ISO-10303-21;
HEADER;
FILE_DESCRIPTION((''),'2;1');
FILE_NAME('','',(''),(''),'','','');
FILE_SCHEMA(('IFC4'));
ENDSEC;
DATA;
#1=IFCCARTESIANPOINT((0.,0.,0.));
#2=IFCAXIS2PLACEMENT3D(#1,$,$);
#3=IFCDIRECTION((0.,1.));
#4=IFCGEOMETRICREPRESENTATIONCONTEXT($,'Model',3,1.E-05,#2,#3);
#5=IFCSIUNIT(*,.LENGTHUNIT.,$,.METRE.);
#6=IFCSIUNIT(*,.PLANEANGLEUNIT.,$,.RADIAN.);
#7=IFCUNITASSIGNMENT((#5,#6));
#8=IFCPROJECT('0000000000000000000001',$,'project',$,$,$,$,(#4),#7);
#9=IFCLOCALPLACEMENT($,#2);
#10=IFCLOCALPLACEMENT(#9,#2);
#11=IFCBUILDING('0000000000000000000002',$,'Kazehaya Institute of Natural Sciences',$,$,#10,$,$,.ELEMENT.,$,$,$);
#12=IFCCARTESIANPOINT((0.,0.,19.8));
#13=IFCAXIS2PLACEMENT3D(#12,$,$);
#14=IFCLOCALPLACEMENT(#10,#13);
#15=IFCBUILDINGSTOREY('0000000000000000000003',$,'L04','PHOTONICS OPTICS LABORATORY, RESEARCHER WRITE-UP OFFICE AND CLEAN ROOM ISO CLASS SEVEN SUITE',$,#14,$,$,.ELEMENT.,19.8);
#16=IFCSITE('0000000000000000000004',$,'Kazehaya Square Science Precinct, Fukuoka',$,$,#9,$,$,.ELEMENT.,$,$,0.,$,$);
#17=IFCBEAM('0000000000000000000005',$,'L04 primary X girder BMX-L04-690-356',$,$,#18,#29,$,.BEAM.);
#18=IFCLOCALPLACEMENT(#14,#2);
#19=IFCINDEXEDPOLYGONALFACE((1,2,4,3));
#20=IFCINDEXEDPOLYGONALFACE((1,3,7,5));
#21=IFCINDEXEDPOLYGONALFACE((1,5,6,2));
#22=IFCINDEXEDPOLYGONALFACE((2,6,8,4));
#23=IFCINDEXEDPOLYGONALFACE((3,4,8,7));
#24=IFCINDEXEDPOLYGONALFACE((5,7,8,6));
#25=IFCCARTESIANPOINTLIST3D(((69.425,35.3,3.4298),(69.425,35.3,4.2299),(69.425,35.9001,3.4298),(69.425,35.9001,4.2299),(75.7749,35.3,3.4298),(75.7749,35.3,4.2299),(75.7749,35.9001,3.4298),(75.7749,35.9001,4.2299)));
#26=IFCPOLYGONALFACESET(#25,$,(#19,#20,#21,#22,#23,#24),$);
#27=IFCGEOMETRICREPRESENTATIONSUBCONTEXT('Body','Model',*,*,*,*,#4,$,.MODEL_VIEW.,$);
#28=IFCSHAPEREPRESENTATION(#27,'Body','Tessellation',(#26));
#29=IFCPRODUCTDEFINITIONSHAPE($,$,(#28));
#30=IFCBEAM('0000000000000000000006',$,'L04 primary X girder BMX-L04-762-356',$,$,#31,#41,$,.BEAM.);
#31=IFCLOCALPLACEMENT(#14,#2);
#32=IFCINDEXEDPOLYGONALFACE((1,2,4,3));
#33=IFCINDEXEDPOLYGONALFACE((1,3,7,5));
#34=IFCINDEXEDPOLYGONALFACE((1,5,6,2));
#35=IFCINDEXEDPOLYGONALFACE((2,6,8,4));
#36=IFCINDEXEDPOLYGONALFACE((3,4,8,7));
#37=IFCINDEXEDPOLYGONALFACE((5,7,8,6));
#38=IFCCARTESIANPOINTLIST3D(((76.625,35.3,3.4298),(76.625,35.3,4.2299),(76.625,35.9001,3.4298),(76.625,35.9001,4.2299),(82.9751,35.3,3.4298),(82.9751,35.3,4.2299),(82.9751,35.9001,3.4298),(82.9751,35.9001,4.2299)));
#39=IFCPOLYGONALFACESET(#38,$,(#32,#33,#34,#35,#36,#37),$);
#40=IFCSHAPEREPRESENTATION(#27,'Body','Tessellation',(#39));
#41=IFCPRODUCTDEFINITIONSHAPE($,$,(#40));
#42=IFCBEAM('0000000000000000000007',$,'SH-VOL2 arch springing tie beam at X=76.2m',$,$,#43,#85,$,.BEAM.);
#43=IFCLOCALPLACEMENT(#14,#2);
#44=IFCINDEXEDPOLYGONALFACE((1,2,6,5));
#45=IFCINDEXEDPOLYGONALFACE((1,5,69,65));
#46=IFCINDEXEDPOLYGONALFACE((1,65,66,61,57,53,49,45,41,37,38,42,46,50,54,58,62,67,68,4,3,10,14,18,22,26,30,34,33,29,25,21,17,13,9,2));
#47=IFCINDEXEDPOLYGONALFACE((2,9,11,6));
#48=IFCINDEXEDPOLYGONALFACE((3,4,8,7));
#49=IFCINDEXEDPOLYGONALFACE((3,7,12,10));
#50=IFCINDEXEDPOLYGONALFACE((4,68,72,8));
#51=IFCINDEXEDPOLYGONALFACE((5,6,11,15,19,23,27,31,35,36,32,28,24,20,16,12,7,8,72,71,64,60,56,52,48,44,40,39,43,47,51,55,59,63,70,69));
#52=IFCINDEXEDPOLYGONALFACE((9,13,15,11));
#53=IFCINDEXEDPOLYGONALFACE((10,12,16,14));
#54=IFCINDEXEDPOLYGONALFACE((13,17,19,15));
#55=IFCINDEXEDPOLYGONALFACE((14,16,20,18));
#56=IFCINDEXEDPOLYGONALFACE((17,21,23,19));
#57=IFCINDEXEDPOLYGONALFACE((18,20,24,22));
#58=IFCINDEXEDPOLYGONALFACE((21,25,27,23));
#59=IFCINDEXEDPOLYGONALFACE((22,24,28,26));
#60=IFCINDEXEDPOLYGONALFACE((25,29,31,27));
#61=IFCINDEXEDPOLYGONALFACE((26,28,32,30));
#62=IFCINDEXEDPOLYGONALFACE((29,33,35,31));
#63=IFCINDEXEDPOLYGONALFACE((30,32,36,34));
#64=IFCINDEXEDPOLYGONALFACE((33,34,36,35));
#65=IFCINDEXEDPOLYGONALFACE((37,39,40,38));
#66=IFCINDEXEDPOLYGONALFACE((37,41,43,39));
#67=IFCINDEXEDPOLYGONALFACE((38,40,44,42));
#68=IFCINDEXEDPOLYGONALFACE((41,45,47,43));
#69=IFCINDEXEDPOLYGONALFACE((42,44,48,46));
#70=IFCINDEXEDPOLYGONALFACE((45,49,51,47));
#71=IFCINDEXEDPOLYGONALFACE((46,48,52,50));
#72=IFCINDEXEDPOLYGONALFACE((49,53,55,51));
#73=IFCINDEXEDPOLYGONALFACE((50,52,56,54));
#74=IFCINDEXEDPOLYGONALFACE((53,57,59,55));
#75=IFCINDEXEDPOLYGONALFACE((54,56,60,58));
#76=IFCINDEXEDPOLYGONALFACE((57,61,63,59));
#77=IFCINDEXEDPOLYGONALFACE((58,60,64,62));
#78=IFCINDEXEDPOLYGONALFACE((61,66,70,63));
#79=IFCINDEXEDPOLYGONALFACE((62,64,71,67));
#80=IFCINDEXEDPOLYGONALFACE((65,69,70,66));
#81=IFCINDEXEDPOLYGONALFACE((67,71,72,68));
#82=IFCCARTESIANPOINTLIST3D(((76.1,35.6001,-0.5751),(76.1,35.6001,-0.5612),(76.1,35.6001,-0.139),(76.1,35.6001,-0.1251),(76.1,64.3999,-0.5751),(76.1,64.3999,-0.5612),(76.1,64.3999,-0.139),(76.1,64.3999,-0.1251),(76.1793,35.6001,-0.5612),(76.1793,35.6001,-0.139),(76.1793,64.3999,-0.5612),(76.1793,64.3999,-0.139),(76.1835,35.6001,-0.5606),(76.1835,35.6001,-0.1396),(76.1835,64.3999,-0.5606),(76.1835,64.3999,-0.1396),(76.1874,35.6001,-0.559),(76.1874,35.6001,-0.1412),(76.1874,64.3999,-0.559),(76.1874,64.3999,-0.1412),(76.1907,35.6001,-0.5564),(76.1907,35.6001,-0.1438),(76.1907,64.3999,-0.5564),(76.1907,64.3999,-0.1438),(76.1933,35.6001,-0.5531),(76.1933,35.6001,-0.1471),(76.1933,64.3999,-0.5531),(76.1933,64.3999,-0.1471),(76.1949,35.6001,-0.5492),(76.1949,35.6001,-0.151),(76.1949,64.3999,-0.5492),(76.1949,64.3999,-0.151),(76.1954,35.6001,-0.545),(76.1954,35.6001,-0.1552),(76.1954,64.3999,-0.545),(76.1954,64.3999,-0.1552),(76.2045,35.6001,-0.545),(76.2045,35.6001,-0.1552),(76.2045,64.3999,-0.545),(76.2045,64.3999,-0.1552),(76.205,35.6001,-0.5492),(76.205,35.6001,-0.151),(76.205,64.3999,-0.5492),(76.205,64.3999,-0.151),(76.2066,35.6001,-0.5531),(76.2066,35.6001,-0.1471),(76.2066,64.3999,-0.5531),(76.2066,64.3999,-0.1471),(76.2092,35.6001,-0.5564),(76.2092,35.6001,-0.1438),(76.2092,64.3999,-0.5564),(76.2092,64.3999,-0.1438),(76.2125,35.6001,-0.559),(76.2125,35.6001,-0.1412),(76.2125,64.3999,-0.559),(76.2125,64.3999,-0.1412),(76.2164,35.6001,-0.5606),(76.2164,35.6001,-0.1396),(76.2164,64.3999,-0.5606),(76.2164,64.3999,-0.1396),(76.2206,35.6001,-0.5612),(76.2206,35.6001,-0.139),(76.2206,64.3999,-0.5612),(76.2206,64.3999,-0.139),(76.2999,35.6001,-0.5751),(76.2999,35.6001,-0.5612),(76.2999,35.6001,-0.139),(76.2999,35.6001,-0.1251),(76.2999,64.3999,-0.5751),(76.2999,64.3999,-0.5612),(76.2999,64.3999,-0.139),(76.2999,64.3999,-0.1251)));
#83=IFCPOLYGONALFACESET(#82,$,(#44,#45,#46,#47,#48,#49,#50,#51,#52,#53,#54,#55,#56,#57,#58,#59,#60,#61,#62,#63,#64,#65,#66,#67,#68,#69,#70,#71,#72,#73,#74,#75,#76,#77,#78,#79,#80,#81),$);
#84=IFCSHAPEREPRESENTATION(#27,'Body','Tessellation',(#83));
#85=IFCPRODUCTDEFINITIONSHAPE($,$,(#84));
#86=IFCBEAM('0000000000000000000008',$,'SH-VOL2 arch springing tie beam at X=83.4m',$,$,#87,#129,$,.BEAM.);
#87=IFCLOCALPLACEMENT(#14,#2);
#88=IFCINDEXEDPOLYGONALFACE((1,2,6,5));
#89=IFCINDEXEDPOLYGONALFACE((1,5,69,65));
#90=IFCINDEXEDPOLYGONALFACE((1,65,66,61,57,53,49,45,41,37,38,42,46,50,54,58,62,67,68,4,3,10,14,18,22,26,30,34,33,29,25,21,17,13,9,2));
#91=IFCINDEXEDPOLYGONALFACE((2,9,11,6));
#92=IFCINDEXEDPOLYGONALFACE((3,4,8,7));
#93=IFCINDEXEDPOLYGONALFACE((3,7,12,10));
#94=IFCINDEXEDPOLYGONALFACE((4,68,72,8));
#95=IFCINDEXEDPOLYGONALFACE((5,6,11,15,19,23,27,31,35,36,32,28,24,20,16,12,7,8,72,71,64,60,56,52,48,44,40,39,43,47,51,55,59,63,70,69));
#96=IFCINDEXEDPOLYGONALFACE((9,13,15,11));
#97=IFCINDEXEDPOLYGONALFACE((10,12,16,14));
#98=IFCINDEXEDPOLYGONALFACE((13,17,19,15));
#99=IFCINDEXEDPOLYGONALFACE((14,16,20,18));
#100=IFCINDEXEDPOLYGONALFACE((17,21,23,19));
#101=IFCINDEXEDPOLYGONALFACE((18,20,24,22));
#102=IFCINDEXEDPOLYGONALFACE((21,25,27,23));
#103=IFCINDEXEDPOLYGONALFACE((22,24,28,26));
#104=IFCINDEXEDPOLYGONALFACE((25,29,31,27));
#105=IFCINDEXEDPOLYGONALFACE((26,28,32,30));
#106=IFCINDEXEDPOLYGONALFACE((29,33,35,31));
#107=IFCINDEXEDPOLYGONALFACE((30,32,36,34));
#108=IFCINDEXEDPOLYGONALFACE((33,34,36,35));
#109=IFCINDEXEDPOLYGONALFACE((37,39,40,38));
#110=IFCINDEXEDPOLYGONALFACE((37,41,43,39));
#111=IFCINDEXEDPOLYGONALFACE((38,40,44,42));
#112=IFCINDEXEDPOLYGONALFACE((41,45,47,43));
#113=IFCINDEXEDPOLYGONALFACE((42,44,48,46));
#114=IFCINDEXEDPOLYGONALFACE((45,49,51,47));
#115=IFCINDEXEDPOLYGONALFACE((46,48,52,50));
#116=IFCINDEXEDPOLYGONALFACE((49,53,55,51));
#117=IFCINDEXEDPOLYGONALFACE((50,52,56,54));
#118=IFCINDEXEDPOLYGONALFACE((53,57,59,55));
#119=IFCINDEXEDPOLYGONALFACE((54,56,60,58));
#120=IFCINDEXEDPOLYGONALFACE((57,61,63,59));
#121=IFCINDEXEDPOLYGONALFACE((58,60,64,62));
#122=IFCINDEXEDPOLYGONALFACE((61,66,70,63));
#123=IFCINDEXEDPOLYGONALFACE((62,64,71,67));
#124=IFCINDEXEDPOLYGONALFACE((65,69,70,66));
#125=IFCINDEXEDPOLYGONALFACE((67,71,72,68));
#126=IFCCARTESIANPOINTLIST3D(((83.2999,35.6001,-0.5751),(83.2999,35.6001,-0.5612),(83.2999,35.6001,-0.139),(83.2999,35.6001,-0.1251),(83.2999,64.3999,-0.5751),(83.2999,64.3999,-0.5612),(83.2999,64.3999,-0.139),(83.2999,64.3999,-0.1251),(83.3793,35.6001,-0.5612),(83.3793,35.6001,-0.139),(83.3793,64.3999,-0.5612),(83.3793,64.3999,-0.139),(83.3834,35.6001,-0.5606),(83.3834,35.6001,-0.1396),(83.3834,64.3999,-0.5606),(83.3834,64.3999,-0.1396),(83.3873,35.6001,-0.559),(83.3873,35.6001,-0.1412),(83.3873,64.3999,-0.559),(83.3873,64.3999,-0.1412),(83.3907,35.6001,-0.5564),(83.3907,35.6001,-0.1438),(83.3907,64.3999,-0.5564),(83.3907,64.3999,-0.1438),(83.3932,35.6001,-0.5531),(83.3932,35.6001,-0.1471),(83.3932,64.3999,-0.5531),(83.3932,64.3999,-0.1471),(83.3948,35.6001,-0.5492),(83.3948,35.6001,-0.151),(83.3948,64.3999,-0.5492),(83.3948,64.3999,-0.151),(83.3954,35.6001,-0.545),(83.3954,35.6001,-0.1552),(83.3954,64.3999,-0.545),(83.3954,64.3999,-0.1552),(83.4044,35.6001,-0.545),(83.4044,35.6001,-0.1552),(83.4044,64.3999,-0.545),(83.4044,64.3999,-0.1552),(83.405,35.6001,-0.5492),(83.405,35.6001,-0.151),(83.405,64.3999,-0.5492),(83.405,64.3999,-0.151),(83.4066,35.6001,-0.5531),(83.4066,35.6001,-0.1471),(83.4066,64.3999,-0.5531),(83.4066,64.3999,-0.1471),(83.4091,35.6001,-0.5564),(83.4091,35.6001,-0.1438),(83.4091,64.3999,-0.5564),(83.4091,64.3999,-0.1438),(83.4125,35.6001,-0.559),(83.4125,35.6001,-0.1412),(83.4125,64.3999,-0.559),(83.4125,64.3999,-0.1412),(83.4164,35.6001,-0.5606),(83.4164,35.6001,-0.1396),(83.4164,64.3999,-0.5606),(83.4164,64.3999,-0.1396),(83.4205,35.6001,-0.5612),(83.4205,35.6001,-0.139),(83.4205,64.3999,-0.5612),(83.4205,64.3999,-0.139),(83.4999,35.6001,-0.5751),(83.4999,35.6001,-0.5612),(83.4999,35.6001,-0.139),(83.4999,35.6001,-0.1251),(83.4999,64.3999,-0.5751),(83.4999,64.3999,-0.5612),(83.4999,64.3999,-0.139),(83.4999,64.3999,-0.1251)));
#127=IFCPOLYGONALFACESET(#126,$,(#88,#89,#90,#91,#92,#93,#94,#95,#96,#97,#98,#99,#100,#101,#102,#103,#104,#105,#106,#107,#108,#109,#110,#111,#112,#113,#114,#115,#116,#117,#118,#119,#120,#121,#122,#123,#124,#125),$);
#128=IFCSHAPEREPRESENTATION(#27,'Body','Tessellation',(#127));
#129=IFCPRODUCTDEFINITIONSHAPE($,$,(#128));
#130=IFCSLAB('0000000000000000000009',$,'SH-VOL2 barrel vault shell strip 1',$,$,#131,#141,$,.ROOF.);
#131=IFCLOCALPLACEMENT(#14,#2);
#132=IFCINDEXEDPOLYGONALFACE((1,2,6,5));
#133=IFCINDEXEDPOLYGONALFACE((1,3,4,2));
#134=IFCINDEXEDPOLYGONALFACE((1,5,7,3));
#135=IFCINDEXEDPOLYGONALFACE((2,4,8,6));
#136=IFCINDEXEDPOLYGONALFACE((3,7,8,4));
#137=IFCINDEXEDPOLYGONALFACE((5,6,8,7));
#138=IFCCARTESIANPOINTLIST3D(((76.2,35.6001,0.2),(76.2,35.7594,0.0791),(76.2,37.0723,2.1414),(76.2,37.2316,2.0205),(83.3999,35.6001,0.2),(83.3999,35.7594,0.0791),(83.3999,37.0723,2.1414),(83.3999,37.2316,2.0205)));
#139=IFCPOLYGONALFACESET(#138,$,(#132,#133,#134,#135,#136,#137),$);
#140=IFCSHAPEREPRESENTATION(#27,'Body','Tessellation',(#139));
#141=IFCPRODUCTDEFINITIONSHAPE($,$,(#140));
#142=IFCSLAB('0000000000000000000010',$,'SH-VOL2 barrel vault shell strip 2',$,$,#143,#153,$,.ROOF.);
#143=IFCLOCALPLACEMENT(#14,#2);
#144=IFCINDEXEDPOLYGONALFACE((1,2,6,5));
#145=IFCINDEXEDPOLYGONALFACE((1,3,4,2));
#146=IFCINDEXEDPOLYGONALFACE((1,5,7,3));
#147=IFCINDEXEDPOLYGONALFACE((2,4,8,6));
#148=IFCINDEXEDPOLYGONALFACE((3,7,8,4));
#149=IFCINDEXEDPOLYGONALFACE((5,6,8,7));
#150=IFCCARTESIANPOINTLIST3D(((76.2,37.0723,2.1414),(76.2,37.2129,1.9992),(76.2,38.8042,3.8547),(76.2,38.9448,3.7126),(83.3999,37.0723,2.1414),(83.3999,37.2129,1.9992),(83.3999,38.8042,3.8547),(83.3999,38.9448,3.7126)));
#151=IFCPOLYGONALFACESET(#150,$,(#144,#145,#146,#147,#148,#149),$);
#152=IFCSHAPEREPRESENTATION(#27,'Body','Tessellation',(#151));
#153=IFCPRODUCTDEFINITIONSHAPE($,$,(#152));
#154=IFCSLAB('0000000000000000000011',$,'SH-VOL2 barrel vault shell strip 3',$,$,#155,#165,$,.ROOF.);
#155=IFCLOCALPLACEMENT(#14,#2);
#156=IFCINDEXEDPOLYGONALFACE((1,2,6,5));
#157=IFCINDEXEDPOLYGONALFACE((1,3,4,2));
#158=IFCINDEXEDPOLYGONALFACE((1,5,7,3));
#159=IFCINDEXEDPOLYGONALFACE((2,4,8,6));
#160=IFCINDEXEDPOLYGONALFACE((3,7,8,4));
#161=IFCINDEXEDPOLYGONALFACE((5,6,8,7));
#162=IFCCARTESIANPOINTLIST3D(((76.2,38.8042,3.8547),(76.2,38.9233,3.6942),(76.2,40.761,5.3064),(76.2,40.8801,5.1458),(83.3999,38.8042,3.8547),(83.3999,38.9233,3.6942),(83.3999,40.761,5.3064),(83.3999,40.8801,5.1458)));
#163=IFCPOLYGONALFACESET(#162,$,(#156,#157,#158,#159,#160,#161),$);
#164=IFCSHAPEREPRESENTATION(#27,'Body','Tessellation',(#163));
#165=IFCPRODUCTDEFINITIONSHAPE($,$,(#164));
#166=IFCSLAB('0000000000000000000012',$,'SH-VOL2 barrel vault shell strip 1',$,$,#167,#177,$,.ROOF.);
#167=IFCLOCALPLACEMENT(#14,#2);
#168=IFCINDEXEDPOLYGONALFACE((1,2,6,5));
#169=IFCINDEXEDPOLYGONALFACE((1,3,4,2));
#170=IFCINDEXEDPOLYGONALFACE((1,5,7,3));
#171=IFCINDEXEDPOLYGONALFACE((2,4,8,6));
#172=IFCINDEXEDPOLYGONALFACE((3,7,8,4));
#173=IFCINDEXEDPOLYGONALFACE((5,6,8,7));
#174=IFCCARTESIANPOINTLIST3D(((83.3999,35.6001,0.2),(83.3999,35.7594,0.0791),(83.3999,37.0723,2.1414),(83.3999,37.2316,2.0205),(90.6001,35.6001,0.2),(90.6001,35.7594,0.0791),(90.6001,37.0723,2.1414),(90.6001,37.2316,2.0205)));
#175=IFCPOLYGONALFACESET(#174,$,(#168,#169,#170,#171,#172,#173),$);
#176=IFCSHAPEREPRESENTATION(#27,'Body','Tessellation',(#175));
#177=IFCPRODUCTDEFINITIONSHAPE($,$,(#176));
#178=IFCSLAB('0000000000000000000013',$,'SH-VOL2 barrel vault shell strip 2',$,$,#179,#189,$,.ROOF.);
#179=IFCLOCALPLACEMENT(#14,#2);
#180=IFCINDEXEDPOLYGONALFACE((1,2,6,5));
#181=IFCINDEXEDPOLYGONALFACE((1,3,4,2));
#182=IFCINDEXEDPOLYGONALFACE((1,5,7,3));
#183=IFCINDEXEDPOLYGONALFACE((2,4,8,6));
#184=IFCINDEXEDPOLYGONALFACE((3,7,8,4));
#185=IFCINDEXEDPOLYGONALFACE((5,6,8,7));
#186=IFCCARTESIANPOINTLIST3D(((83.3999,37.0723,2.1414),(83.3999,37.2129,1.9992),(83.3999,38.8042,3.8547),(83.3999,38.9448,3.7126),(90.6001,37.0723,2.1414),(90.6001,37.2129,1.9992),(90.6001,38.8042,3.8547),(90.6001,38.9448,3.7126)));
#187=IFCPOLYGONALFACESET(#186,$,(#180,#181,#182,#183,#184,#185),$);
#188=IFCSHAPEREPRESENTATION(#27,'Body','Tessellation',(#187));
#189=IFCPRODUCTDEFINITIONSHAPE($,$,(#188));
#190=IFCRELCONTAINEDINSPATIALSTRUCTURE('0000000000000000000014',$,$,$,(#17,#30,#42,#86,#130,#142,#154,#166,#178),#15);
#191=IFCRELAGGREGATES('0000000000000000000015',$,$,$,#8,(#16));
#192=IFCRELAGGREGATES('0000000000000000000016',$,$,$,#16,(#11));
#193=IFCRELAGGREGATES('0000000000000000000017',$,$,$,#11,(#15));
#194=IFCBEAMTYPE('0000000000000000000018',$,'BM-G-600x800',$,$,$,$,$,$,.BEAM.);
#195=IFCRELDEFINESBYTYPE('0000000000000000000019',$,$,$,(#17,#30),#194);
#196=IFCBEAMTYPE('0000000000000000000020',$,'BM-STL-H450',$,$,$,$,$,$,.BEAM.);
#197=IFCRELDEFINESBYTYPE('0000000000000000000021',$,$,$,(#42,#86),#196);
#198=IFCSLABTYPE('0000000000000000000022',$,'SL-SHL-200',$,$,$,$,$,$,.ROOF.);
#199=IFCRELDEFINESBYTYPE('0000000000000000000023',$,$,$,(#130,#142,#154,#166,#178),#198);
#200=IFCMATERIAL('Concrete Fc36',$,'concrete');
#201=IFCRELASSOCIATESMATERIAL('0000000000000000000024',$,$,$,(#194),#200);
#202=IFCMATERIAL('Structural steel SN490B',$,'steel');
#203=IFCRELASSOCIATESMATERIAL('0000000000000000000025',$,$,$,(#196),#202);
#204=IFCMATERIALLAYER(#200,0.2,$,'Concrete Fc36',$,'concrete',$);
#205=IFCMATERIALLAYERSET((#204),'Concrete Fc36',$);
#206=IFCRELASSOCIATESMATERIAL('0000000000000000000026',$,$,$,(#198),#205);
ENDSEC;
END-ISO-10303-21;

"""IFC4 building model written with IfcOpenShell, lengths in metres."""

from ifc_helpers import new_model, si_unit, direction, frame, origin, origin_2d, place, context, subcontext, project, spatial, polyline, rectangle, i_section, outline, extrude, material, layer, layer_set, material_profile, profile_set, type_object, element, save


model = new_model("IFC4")

# Units and contexts
model_context = context("Model", 3, precision=1e-05, world=origin(), true_north=direction((0.0, 1.0)))
body_context = subcontext(model_context, "Body", "Model", "MODEL_VIEW")
ifc_project = project(units=[si_unit("LENGTHUNIT", "METRE"), si_unit("PLANEANGLEUNIT", "RADIAN")], contexts=[model_context])

# Site, building, storey
site_placement = place(None, origin())
site = spatial("IfcSite", under=ifc_project, at=site_placement, Name="Kazehaya Square Science Precinct, Fukuoka", CompositionType="ELEMENT", RefElevation=0.0)
building_placement = place(site_placement, origin())
building = spatial("IfcBuilding", under=site, at=building_placement, Name="Kazehaya Institute of Natural Sciences", CompositionType="ELEMENT")
storey_placement = place(building_placement, frame((0.0, 0.0, 19.8)))
storey = spatial("IfcBuildingStorey", under=building, at=storey_placement, Name="L04", Description="PHOTONICS OPTICS LABORATORY, RESEARCHER WRITE-UP OFFICE AND CLEAN ROOM ISO CLASS SEVEN SUITE", CompositionType="ELEMENT", Elevation=19.8)

# Beams
ifc_material_1 = material(Name="Concrete Fc36", Category="concrete")
ifc_material_profile_1 = material_profile(ifc_material_1, rectangle(XDim=0.6001, YDim=0.8, at=origin_2d()), Name="RC-600x800")
ifc_profile_set_1 = profile_set([ifc_material_profile_1], Name="Concrete Fc36")
beam_type_1 = type_object("IfcBeamType", Name="BM-G-600x800", PredefinedType="BEAM", material=ifc_profile_set_1)
beam_1_placement = place(storey_placement, frame((69.425, 35.6001, 3.8298), z_axis=(1.0, 0.0, 0.0), x_axis=(0.0, 1.0, 0.0)))
element("IfcBeam", 1, at=beam_1_placement, inside=storey, type_object=beam_type_1, Name="L04 primary X girder BMX-L04-690-356", PredefinedType="BEAM", context=body_context, shape_type="SweptSolid", body=[
    extrude(rectangle(XDim=0.6001, YDim=0.8, at=origin_2d()), origin(), (0.0, 0.0, 1.0), 6.3499),
])
beam_2_placement = place(storey_placement, frame((76.625, 35.6001, 3.8298), z_axis=(1.0, 0.0, 0.0), x_axis=(0.0, 1.0, 0.0)))
element("IfcBeam", 2, at=beam_2_placement, inside=storey, type_object=beam_type_1, Name="L04 primary X girder BMX-L04-762-356", PredefinedType="BEAM", context=body_context, shape_type="SweptSolid", body=[
    extrude(rectangle(XDim=0.6001, YDim=0.8, at=origin_2d()), origin(), (0.0, 0.0, 1.0), 6.3501),
])
ifc_material_2 = material(Name="Structural steel SN490B", Category="steel")
ifc_material_profile_2 = material_profile(ifc_material_2, i_section(OverallWidth=0.2, OverallDepth=0.45, WebThickness=0.009, FlangeThickness=0.0139, FilletRadius=0.0161, at=origin_2d()), Name="H-450x200x9x14")
ifc_profile_set_2 = profile_set([ifc_material_profile_2], Name="Structural steel SN490B")
beam_type_2 = type_object("IfcBeamType", Name="BM-STL-H450", PredefinedType="BEAM", material=ifc_profile_set_2)
for number, where, z_axis, x_axis, name in (
    (3, (76.2, 35.6001, -0.3501), (0.0, 1.0, 0.0), (-1.0, 0.0, 0.0), "SH-VOL2 arch springing tie beam at X=76.2m"),
    (4, (83.3999, 35.6001, -0.3501), (0.0, 1.0, 0.0), (-1.0, 0.0, 0.0), "SH-VOL2 arch springing tie beam at X=83.4m"),
):
    element("IfcBeam", number, at=place(storey_placement, frame(where, z_axis=z_axis, x_axis=x_axis)), inside=storey, type_object=beam_type_2, Name=name, PredefinedType="BEAM", context=body_context, shape_type="SweptSolid", body=[
        extrude(i_section(OverallWidth=0.2, OverallDepth=0.45, WebThickness=0.009, FlangeThickness=0.0139, FilletRadius=0.0161, at=origin_2d()), origin(), (0.0, 0.0, 1.0), 28.7998),
    ])

# Slabs
ifc_layer = layer(ifc_material_1, 0.2, Name="Concrete Fc36", Category="concrete")
ifc_layer_set = layer_set([ifc_layer], Name="Concrete Fc36")
slab_type = type_object("IfcSlabType", Name="SL-SHL-200", PredefinedType="ROOF", material=ifc_layer_set)
slab_1_placement = place(storey_placement, frame((76.2, 35.6001, 0.2), z_axis=(0.0, -0.796814, 0.604224), x_axis=(1.0, 0.0, 0.0)))
element("IfcSlab", 5, at=slab_1_placement, inside=storey, type_object=slab_type, Name="SH-VOL2 barrel vault shell strip 1", PredefinedType="ROOF", context=body_context, shape_type="SweptSolid", body=[
    extrude(outline(polyline([(0.0, 0.0), (7.2, 0.0), (7.2, 2.4365), (0.0, 2.4365), (0.0, 0.0)])), origin(), (0.0, 0.0, -1.0), 0.2),
])
slab_2_placement = place(storey_placement, frame((76.2, 37.0723, 2.1414), z_axis=(0.0, -0.703288, 0.710905), x_axis=(1.0, 0.0, 0.0)))
element("IfcSlab", 6, at=slab_2_placement, inside=storey, type_object=slab_type, Name="SH-VOL2 barrel vault shell strip 2", PredefinedType="ROOF", context=body_context, shape_type="SweptSolid", body=[
    extrude(outline(polyline([(0.0, 0.0), (7.2, 0.0), (7.2, 2.4362), (0.0, 2.4362), (0.0, 0.0)])), origin(), (0.0, 0.0, -1.0), 0.2),
])
slab_3_placement = place(storey_placement, frame((76.2, 38.8042, 3.8547), z_axis=(0.0, -0.595807, 0.803127), x_axis=(1.0, 0.0, 0.0)))
element("IfcSlab", 7, at=slab_3_placement, inside=storey, type_object=slab_type, Name="SH-VOL2 barrel vault shell strip 3", PredefinedType="ROOF", context=body_context, shape_type="SweptSolid", body=[
    extrude(outline(polyline([(0.0, 0.0), (7.2, 0.0), (7.2, 2.4365), (0.0, 2.4365), (0.0, 0.0)])), origin(), (0.0, 0.0, -1.0), 0.2),
])
slab_4_placement = place(storey_placement, frame((83.3999, 35.6001, 0.2), z_axis=(0.0, -0.796814, 0.604224), x_axis=(1.0, 0.0, 0.0)))
element("IfcSlab", 8, at=slab_4_placement, inside=storey, type_object=slab_type, Name="SH-VOL2 barrel vault shell strip 1", PredefinedType="ROOF", context=body_context, shape_type="SweptSolid", body=[
    extrude(outline(polyline([(0.0, 0.0), (7.2002, 0.0), (7.2002, 2.4365), (0.0, 2.4365), (0.0, 0.0)])), origin(), (0.0, 0.0, -1.0), 0.2),
])
slab_5_placement = place(storey_placement, frame((83.3999, 37.0723, 2.1414), z_axis=(0.0, -0.703288, 0.710905), x_axis=(1.0, 0.0, 0.0)))
element("IfcSlab", 9, at=slab_5_placement, inside=storey, type_object=slab_type, Name="SH-VOL2 barrel vault shell strip 2", PredefinedType="ROOF", context=body_context, shape_type="SweptSolid", body=[
    extrude(outline(polyline([(0.0, 0.0), (7.2002, 0.0), (7.2002, 2.4362), (0.0, 2.4362), (0.0, 0.0)])), origin(), (0.0, 0.0, -1.0), 0.2),
])

save(model, "model.ifc")
